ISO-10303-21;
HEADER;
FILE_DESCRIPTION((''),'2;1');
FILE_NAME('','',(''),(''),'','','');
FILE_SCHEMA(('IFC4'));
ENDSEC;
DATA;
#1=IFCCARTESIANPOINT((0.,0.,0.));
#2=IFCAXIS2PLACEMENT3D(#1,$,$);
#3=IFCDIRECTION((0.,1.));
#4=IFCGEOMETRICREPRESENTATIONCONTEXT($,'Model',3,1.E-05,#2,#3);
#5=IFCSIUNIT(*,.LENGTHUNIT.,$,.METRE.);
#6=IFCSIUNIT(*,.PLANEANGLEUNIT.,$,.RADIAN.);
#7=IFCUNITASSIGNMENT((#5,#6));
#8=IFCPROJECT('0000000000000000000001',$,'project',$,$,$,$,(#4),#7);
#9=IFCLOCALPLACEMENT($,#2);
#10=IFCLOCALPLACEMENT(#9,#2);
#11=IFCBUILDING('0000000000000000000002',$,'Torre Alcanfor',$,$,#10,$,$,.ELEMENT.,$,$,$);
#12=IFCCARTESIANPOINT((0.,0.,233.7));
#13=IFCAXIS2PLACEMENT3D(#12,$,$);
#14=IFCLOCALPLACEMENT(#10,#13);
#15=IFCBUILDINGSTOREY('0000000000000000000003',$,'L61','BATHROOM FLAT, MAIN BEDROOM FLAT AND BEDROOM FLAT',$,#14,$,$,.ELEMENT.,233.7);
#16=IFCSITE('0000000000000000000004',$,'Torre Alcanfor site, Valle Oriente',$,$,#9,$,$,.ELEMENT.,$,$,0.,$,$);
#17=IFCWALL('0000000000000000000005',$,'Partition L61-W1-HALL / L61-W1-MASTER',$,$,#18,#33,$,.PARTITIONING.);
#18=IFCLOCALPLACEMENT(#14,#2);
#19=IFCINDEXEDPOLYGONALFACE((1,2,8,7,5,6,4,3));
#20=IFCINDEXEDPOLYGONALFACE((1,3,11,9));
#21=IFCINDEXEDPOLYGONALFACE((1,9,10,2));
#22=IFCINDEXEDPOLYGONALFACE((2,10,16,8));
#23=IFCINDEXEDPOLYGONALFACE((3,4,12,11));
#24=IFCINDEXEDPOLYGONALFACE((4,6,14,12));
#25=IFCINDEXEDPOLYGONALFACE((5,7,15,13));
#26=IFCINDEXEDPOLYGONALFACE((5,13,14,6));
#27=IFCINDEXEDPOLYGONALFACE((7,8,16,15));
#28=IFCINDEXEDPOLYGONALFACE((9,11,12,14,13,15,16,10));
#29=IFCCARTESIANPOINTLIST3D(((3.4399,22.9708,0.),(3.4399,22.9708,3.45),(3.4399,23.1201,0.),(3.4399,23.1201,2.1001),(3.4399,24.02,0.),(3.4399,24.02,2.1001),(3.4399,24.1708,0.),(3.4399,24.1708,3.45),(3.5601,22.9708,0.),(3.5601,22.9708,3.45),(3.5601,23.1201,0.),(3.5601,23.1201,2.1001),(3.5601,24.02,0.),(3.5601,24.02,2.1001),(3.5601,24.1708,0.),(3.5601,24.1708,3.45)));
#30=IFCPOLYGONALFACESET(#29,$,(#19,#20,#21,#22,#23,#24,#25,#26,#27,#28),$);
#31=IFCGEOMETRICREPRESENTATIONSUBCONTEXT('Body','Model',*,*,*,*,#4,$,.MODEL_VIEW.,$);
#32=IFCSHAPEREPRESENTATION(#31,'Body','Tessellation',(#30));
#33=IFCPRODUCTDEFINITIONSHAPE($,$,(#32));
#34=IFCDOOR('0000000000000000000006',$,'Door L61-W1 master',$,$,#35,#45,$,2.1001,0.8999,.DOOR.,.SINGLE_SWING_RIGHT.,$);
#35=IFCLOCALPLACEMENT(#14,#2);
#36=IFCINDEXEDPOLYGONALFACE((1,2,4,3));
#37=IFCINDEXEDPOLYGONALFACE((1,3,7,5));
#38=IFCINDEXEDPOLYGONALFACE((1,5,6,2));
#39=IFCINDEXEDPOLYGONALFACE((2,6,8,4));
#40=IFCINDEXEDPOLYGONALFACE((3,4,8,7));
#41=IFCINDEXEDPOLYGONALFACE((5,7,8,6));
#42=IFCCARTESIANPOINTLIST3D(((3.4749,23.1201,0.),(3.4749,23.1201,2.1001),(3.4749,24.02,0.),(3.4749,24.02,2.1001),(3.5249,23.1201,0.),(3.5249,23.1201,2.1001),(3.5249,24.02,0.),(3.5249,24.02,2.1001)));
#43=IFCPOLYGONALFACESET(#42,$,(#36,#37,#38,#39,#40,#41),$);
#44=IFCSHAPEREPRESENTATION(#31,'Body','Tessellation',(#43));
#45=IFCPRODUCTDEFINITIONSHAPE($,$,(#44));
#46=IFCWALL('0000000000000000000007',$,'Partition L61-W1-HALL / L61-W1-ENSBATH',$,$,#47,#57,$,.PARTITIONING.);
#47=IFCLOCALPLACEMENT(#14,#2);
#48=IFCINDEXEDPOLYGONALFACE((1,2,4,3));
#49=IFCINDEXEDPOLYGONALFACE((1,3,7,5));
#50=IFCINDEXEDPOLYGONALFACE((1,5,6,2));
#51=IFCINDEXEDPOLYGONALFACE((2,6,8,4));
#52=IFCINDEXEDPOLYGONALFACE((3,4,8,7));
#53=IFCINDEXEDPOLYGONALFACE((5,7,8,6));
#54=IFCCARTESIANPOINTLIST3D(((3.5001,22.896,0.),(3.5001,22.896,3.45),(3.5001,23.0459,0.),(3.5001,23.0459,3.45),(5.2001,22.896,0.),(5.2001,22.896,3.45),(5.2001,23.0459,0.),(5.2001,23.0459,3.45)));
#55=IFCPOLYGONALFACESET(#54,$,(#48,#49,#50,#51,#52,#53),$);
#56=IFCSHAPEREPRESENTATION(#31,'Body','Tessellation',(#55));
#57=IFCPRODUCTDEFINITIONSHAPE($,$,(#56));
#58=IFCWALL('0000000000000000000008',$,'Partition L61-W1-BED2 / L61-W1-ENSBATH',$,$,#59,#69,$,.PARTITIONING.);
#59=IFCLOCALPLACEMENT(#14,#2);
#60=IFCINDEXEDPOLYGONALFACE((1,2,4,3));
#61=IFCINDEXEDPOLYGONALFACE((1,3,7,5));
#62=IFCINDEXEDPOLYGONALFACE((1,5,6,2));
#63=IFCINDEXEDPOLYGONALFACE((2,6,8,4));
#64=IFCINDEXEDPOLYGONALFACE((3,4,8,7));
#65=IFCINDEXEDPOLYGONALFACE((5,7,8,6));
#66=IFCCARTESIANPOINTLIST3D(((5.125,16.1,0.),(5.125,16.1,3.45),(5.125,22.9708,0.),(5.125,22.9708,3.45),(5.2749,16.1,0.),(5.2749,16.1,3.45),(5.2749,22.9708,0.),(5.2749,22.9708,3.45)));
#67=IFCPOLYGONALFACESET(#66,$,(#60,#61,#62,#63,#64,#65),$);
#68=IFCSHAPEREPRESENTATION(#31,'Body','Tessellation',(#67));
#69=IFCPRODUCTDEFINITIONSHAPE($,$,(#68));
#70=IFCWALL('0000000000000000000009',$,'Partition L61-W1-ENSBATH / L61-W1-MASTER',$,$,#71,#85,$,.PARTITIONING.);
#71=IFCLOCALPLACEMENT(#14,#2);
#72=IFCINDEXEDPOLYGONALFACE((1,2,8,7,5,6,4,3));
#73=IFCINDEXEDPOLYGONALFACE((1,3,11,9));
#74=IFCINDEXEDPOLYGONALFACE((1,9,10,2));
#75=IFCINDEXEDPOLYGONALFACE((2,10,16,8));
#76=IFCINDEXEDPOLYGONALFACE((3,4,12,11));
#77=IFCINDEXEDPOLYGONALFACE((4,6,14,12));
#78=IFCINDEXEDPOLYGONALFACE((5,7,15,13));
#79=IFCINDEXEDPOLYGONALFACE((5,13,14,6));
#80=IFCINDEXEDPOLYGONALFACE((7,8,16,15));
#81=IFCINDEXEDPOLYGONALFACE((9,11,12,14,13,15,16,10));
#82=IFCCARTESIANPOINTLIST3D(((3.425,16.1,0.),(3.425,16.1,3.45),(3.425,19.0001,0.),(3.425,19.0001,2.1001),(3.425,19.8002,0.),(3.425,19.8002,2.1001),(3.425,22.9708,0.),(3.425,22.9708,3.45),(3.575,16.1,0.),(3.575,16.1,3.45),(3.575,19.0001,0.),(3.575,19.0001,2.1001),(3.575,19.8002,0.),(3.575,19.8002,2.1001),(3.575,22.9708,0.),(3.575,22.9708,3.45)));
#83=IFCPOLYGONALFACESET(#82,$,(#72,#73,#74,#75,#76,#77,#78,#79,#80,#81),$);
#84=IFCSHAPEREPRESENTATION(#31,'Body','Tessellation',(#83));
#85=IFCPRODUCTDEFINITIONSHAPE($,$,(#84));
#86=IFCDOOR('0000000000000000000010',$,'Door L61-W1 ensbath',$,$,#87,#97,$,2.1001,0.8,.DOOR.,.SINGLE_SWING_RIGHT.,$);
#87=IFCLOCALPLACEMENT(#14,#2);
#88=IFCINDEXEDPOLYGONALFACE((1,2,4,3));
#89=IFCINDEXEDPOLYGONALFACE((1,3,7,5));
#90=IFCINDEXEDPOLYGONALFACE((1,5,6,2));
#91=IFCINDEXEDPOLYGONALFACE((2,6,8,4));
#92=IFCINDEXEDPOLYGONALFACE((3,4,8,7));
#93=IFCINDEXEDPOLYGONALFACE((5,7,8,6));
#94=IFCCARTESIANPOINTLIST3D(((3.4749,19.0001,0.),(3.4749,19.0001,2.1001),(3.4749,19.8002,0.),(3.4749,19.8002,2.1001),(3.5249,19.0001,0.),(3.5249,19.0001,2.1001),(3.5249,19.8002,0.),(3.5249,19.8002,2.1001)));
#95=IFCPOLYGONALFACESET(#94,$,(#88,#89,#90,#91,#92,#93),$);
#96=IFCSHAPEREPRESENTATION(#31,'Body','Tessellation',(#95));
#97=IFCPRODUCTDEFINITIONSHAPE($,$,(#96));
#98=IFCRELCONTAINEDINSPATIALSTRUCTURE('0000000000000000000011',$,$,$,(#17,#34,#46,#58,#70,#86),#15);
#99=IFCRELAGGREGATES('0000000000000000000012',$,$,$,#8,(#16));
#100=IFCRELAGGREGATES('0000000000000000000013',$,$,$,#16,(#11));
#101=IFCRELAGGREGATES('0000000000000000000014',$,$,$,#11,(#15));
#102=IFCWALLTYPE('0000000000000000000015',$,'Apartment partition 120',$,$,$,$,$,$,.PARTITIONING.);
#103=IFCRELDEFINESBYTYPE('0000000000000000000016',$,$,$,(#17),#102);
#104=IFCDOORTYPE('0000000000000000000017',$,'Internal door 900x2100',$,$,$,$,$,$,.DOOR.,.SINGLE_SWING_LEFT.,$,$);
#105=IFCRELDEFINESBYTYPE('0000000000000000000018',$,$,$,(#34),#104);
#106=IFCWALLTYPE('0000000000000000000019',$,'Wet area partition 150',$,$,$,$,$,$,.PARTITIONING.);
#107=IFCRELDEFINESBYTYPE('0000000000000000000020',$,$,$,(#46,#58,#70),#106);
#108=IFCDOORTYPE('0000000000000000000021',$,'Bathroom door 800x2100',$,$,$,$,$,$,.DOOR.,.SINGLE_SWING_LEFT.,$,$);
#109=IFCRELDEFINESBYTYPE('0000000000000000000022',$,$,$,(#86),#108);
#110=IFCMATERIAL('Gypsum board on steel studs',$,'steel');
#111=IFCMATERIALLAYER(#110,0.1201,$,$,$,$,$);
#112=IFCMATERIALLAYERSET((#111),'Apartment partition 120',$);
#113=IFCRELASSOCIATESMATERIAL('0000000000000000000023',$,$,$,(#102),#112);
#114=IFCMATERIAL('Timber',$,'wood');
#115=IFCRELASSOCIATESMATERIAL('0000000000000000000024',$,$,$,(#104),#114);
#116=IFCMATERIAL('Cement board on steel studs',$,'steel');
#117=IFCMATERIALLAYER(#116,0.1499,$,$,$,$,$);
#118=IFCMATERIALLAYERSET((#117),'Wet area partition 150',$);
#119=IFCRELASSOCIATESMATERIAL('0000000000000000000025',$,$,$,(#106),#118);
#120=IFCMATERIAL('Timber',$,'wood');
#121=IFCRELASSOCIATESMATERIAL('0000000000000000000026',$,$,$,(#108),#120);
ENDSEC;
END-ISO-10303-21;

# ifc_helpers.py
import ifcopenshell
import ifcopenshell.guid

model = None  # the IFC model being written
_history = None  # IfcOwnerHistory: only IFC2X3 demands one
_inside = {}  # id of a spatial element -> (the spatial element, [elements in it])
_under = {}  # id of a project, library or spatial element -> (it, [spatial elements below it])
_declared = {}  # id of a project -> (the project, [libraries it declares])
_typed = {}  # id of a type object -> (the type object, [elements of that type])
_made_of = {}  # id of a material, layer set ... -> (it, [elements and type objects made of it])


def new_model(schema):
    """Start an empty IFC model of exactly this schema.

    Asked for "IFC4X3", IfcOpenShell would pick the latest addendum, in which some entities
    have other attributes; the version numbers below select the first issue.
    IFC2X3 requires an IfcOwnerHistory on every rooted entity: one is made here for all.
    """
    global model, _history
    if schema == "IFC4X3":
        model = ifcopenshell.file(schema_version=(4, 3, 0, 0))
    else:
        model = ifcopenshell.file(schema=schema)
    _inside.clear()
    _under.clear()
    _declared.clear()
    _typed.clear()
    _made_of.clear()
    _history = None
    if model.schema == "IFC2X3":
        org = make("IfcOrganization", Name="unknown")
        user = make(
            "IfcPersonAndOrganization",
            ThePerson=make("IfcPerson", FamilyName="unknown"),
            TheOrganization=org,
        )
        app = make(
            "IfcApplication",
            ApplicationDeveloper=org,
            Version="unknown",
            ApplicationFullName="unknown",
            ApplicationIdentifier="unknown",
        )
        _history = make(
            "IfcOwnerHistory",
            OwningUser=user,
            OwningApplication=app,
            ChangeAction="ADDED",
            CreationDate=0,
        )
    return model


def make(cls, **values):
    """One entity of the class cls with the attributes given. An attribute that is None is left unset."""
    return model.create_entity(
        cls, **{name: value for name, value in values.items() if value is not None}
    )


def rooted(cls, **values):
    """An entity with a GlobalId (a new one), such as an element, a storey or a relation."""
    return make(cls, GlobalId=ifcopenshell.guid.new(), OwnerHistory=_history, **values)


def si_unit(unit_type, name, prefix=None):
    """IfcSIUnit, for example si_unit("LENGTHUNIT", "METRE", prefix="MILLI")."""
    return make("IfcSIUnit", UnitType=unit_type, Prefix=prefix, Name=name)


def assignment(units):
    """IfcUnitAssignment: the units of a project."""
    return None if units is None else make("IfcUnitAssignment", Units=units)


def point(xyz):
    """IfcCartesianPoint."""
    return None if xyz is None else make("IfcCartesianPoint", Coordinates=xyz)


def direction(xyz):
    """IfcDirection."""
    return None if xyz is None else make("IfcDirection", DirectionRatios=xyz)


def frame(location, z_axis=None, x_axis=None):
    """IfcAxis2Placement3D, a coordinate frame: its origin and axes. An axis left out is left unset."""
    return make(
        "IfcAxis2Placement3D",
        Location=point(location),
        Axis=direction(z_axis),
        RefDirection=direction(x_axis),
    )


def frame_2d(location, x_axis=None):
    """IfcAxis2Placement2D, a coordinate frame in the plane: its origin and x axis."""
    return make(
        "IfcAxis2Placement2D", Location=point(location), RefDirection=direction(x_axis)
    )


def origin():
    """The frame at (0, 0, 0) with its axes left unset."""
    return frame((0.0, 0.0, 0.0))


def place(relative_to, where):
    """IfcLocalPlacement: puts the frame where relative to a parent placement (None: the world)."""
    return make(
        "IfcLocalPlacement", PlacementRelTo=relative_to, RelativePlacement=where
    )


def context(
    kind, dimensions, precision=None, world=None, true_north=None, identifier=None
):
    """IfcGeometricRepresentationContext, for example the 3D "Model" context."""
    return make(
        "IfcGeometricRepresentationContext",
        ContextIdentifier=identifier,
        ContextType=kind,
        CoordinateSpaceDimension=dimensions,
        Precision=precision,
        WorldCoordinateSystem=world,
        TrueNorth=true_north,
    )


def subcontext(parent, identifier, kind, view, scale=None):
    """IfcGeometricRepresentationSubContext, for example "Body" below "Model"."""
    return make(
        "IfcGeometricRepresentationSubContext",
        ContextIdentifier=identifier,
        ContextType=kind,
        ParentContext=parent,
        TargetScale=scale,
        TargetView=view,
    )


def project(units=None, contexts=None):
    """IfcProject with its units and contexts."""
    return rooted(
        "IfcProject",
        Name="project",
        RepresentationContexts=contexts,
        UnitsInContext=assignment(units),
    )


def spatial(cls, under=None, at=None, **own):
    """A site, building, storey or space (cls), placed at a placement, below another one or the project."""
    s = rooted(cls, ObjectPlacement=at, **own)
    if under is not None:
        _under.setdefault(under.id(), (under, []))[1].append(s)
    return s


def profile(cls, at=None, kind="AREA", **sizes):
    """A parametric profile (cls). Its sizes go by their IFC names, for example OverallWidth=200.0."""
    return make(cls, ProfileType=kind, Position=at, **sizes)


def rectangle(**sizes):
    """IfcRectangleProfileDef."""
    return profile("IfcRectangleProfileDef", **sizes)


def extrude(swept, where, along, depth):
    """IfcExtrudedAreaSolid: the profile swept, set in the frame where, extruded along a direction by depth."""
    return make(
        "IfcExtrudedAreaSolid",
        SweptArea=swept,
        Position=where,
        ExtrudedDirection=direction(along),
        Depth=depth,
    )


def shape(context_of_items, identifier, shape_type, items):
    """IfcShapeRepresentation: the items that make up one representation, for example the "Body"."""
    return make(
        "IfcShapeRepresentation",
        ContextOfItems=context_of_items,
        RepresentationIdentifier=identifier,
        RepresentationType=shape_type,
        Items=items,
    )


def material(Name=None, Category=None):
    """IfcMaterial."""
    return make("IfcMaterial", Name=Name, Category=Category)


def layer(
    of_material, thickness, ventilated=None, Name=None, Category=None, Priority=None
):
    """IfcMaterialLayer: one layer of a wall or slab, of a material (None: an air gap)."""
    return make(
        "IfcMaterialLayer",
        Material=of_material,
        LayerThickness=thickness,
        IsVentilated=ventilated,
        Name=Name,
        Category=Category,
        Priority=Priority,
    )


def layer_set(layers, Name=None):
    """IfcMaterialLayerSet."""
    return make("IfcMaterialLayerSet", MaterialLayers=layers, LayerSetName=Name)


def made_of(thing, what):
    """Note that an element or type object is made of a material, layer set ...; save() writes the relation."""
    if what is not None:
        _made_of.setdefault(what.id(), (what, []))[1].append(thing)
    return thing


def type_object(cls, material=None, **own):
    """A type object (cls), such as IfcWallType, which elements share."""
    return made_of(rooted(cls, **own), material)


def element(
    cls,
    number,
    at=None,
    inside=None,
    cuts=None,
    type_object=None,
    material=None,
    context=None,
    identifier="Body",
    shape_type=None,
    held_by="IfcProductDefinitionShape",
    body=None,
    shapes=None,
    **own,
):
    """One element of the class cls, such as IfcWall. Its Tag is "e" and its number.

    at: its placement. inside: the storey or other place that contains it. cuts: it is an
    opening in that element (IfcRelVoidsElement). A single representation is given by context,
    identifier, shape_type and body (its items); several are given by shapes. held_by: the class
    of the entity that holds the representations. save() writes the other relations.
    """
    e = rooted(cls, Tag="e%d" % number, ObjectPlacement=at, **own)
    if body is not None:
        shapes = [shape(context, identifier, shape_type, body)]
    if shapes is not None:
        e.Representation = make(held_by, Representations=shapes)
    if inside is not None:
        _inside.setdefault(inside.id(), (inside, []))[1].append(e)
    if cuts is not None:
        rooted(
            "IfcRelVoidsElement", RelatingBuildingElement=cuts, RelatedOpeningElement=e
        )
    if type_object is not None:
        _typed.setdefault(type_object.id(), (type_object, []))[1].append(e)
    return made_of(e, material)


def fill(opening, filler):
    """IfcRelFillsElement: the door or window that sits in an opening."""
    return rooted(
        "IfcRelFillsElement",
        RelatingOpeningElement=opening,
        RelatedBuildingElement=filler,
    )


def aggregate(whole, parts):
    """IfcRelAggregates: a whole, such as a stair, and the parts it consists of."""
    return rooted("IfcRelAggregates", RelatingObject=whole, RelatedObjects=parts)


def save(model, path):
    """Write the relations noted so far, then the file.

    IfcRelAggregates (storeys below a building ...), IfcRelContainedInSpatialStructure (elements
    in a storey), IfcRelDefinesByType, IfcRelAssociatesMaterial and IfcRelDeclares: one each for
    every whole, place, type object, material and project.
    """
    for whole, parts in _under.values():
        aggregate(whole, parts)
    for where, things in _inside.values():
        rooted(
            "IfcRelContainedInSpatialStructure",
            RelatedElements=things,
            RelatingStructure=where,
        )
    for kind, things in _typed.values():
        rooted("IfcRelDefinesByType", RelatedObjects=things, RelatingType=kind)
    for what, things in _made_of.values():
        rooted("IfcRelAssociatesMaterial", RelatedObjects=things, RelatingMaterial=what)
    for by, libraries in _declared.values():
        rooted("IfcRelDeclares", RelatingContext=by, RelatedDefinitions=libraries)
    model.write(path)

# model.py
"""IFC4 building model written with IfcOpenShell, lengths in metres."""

from ifc_helpers import new_model, si_unit, direction, frame, frame_2d, origin, place, context, subcontext, project, spatial, rectangle, extrude, material, layer, layer_set, type_object, element, fill, save


model = new_model("IFC4")

# Units and contexts
model_context = context("Model", 3, precision=1e-05, world=origin(), true_north=direction((0.0, 1.0)))
body_context = subcontext(model_context, "Body", "Model", "MODEL_VIEW")
ifc_project = project(units=[si_unit("LENGTHUNIT", "METRE"), si_unit("PLANEANGLEUNIT", "RADIAN")], contexts=[model_context])

# Site, building, storey
site_placement = place(None, origin())
site = spatial("IfcSite", under=ifc_project, at=site_placement, Name="Torre Alcanfor site, Valle Oriente", CompositionType="ELEMENT", RefElevation=0.0)
building_placement = place(site_placement, origin())
building = spatial("IfcBuilding", under=site, at=building_placement, Name="Torre Alcanfor", CompositionType="ELEMENT")
storey_placement = place(building_placement, frame((0.0, 0.0, 233.7)))
storey = spatial("IfcBuildingStorey", under=building, at=storey_placement, Name="L61", Description="BATHROOM FLAT, MAIN BEDROOM FLAT AND BEDROOM FLAT", CompositionType="ELEMENT", Elevation=233.7)

# Shared definitions
ifc_material_1 = material(Name="Gypsum board on steel studs", Category="steel")
ifc_layer_1 = layer(ifc_material_1, 0.1201)
ifc_layer_set_1 = layer_set([ifc_layer_1], Name="Apartment partition 120")
wall_type_1 = type_object("IfcWallType", Name="Apartment partition 120", PredefinedType="PARTITIONING", material=ifc_layer_set_1)

# Shared definitions
ifc_material_2 = material(Name="Timber", Category="wood")
door_type_1 = type_object("IfcDoorType", Name="Internal door 900x2100", OperationType="SINGLE_SWING_LEFT", PredefinedType="DOOR", material=ifc_material_2)

# Wall, opening, door
wall_1_placement = place(storey_placement, frame((3.5, 24.1709, 0.0), z_axis=(0.0, 0.0, 1.0), x_axis=(0.0, -1.0, 0.0)))
wall_1 = element("IfcWall", 1, at=wall_1_placement, inside=storey, type_object=wall_type_1, Name="Partition L61-W1-HALL / L61-W1-MASTER", PredefinedType="PARTITIONING", context=body_context, shape_type="SweptSolid", body=[
    extrude(rectangle(XDim=1.2, YDim=0.1201, at=frame_2d((0.6001, 0.0))), origin(), (0.0, 0.0, 1.0), 3.45),
])
opening_1_placement = place(wall_1_placement, frame((0.1509, 0.0, 0.0)))
opening_1 = element("IfcOpeningElement", 2, at=opening_1_placement, cuts=wall_1, PredefinedType="OPENING", context=body_context, shape_type="SweptSolid", body=[
    extrude(rectangle(XDim=0.8999, YDim=2.1001, at=frame_2d((0.45, 1.05))), frame((0.0, 0.0701, 0.0), z_axis=(0.0, -1.0, 0.0), x_axis=(1.0, 0.0, 0.0)), (0.0, 0.0, 1.0), 0.1401),
])
door_1_placement = place(opening_1_placement, frame((0.8999, 0.0, 0.0), z_axis=(0.0, 0.0, 1.0), x_axis=(-1.0, 0.0, 0.0)))
door_1 = element("IfcDoor", 3, at=door_1_placement, inside=storey, type_object=door_type_1, Name="Door L61-W1 master", OperationType="SINGLE_SWING_RIGHT", OverallHeight=2.1001, OverallWidth=0.8999, PredefinedType="DOOR", context=body_context, shape_type="SweptSolid", body=[
    extrude(rectangle(XDim=0.8999, YDim=2.1001, at=frame_2d((0.45, 1.05))), frame((0.0, 0.0251, 0.0), z_axis=(0.0, -1.0, 0.0), x_axis=(1.0, 0.0, 0.0)), (0.0, 0.0, 1.0), 0.05),
])
fill(opening_1, door_1)

# Walls
ifc_material_3 = material(Name="Cement board on steel studs", Category="steel")
ifc_layer_2 = layer(ifc_material_3, 0.1499)
ifc_layer_set_2 = layer_set([ifc_layer_2], Name="Wet area partition 150")
wall_type_2 = type_object("IfcWallType", Name="Wet area partition 150", PredefinedType="PARTITIONING", material=ifc_layer_set_2)
wall_2_placement = place(storey_placement, frame((3.5, 22.9709, 0.0), z_axis=(0.0, 0.0, 1.0), x_axis=(1.0, 0.0, 0.0)))
element("IfcWall", 4, at=wall_2_placement, inside=storey, type_object=wall_type_2, Name="Partition L61-W1-HALL / L61-W1-ENSBATH", PredefinedType="PARTITIONING", context=body_context, shape_type="SweptSolid", body=[
    extrude(rectangle(XDim=1.7, YDim=0.1499, at=frame_2d((0.8501, 0.0))), origin(), (0.0, 0.0, 1.0), 3.45),
])
wall_3_placement = place(storey_placement, frame((5.2, 22.9709, 0.0), z_axis=(0.0, 0.0, 1.0), x_axis=(0.0, -1.0, 0.0)))
element("IfcWall", 5, at=wall_3_placement, inside=storey, type_object=wall_type_2, Name="Partition L61-W1-BED2 / L61-W1-ENSBATH", PredefinedType="PARTITIONING", context=body_context, shape_type="SweptSolid", body=[
    extrude(rectangle(XDim=6.8708, YDim=0.1499, at=frame_2d((3.4355, 0.0))), origin(), (0.0, 0.0, 1.0), 3.45),
])

# Wall, opening, door
wall_4_placement = place(storey_placement, frame((3.5, 22.9709, 0.0), z_axis=(0.0, 0.0, 1.0), x_axis=(0.0, -1.0, 0.0)))
wall_4 = element("IfcWall", 6, at=wall_4_placement, inside=storey, type_object=wall_type_2, Name="Partition L61-W1-ENSBATH / L61-W1-MASTER", PredefinedType="PARTITIONING", context=body_context, shape_type="SweptSolid", body=[
    extrude(rectangle(XDim=6.8708, YDim=0.1499, at=frame_2d((3.4355, 0.0))), origin(), (0.0, 0.0, 1.0), 3.45),
])
opening_2_placement = place(wall_4_placement, frame((3.1709, 0.0, 0.0)))
opening_2 = element("IfcOpeningElement", 7, at=opening_2_placement, cuts=wall_4, PredefinedType="OPENING", context=body_context, shape_type="SweptSolid", body=[
    extrude(rectangle(XDim=0.8, YDim=2.1001, at=frame_2d((0.3999, 1.05))), frame((0.0, 0.085, 0.0), z_axis=(0.0, -1.0, 0.0), x_axis=(1.0, 0.0, 0.0)), (0.0, 0.0, 1.0), 0.1699),
])
ifc_material_4 = material(Name="Timber", Category="wood")
door_type_2 = type_object("IfcDoorType", Name="Bathroom door 800x2100", OperationType="SINGLE_SWING_LEFT", PredefinedType="DOOR", material=ifc_material_4)
door_2_placement = place(opening_2_placement, origin())
door_2 = element("IfcDoor", 8, at=door_2_placement, inside=storey, type_object=door_type_2, Name="Door L61-W1 ensbath", OperationType="SINGLE_SWING_RIGHT", OverallHeight=2.1001, OverallWidth=0.8, PredefinedType="DOOR", context=body_context, shape_type="SweptSolid", body=[
    extrude(rectangle(XDim=0.8, YDim=2.1001, at=frame_2d((0.3999, 1.05))), frame((0.0, 0.0249, 0.0), z_axis=(0.0, -1.0, 0.0), x_axis=(1.0, 0.0, 0.0)), (0.0, 0.0, 1.0), 0.05),
])
fill(opening_2, door_2)

save(model, "model.ifc")
